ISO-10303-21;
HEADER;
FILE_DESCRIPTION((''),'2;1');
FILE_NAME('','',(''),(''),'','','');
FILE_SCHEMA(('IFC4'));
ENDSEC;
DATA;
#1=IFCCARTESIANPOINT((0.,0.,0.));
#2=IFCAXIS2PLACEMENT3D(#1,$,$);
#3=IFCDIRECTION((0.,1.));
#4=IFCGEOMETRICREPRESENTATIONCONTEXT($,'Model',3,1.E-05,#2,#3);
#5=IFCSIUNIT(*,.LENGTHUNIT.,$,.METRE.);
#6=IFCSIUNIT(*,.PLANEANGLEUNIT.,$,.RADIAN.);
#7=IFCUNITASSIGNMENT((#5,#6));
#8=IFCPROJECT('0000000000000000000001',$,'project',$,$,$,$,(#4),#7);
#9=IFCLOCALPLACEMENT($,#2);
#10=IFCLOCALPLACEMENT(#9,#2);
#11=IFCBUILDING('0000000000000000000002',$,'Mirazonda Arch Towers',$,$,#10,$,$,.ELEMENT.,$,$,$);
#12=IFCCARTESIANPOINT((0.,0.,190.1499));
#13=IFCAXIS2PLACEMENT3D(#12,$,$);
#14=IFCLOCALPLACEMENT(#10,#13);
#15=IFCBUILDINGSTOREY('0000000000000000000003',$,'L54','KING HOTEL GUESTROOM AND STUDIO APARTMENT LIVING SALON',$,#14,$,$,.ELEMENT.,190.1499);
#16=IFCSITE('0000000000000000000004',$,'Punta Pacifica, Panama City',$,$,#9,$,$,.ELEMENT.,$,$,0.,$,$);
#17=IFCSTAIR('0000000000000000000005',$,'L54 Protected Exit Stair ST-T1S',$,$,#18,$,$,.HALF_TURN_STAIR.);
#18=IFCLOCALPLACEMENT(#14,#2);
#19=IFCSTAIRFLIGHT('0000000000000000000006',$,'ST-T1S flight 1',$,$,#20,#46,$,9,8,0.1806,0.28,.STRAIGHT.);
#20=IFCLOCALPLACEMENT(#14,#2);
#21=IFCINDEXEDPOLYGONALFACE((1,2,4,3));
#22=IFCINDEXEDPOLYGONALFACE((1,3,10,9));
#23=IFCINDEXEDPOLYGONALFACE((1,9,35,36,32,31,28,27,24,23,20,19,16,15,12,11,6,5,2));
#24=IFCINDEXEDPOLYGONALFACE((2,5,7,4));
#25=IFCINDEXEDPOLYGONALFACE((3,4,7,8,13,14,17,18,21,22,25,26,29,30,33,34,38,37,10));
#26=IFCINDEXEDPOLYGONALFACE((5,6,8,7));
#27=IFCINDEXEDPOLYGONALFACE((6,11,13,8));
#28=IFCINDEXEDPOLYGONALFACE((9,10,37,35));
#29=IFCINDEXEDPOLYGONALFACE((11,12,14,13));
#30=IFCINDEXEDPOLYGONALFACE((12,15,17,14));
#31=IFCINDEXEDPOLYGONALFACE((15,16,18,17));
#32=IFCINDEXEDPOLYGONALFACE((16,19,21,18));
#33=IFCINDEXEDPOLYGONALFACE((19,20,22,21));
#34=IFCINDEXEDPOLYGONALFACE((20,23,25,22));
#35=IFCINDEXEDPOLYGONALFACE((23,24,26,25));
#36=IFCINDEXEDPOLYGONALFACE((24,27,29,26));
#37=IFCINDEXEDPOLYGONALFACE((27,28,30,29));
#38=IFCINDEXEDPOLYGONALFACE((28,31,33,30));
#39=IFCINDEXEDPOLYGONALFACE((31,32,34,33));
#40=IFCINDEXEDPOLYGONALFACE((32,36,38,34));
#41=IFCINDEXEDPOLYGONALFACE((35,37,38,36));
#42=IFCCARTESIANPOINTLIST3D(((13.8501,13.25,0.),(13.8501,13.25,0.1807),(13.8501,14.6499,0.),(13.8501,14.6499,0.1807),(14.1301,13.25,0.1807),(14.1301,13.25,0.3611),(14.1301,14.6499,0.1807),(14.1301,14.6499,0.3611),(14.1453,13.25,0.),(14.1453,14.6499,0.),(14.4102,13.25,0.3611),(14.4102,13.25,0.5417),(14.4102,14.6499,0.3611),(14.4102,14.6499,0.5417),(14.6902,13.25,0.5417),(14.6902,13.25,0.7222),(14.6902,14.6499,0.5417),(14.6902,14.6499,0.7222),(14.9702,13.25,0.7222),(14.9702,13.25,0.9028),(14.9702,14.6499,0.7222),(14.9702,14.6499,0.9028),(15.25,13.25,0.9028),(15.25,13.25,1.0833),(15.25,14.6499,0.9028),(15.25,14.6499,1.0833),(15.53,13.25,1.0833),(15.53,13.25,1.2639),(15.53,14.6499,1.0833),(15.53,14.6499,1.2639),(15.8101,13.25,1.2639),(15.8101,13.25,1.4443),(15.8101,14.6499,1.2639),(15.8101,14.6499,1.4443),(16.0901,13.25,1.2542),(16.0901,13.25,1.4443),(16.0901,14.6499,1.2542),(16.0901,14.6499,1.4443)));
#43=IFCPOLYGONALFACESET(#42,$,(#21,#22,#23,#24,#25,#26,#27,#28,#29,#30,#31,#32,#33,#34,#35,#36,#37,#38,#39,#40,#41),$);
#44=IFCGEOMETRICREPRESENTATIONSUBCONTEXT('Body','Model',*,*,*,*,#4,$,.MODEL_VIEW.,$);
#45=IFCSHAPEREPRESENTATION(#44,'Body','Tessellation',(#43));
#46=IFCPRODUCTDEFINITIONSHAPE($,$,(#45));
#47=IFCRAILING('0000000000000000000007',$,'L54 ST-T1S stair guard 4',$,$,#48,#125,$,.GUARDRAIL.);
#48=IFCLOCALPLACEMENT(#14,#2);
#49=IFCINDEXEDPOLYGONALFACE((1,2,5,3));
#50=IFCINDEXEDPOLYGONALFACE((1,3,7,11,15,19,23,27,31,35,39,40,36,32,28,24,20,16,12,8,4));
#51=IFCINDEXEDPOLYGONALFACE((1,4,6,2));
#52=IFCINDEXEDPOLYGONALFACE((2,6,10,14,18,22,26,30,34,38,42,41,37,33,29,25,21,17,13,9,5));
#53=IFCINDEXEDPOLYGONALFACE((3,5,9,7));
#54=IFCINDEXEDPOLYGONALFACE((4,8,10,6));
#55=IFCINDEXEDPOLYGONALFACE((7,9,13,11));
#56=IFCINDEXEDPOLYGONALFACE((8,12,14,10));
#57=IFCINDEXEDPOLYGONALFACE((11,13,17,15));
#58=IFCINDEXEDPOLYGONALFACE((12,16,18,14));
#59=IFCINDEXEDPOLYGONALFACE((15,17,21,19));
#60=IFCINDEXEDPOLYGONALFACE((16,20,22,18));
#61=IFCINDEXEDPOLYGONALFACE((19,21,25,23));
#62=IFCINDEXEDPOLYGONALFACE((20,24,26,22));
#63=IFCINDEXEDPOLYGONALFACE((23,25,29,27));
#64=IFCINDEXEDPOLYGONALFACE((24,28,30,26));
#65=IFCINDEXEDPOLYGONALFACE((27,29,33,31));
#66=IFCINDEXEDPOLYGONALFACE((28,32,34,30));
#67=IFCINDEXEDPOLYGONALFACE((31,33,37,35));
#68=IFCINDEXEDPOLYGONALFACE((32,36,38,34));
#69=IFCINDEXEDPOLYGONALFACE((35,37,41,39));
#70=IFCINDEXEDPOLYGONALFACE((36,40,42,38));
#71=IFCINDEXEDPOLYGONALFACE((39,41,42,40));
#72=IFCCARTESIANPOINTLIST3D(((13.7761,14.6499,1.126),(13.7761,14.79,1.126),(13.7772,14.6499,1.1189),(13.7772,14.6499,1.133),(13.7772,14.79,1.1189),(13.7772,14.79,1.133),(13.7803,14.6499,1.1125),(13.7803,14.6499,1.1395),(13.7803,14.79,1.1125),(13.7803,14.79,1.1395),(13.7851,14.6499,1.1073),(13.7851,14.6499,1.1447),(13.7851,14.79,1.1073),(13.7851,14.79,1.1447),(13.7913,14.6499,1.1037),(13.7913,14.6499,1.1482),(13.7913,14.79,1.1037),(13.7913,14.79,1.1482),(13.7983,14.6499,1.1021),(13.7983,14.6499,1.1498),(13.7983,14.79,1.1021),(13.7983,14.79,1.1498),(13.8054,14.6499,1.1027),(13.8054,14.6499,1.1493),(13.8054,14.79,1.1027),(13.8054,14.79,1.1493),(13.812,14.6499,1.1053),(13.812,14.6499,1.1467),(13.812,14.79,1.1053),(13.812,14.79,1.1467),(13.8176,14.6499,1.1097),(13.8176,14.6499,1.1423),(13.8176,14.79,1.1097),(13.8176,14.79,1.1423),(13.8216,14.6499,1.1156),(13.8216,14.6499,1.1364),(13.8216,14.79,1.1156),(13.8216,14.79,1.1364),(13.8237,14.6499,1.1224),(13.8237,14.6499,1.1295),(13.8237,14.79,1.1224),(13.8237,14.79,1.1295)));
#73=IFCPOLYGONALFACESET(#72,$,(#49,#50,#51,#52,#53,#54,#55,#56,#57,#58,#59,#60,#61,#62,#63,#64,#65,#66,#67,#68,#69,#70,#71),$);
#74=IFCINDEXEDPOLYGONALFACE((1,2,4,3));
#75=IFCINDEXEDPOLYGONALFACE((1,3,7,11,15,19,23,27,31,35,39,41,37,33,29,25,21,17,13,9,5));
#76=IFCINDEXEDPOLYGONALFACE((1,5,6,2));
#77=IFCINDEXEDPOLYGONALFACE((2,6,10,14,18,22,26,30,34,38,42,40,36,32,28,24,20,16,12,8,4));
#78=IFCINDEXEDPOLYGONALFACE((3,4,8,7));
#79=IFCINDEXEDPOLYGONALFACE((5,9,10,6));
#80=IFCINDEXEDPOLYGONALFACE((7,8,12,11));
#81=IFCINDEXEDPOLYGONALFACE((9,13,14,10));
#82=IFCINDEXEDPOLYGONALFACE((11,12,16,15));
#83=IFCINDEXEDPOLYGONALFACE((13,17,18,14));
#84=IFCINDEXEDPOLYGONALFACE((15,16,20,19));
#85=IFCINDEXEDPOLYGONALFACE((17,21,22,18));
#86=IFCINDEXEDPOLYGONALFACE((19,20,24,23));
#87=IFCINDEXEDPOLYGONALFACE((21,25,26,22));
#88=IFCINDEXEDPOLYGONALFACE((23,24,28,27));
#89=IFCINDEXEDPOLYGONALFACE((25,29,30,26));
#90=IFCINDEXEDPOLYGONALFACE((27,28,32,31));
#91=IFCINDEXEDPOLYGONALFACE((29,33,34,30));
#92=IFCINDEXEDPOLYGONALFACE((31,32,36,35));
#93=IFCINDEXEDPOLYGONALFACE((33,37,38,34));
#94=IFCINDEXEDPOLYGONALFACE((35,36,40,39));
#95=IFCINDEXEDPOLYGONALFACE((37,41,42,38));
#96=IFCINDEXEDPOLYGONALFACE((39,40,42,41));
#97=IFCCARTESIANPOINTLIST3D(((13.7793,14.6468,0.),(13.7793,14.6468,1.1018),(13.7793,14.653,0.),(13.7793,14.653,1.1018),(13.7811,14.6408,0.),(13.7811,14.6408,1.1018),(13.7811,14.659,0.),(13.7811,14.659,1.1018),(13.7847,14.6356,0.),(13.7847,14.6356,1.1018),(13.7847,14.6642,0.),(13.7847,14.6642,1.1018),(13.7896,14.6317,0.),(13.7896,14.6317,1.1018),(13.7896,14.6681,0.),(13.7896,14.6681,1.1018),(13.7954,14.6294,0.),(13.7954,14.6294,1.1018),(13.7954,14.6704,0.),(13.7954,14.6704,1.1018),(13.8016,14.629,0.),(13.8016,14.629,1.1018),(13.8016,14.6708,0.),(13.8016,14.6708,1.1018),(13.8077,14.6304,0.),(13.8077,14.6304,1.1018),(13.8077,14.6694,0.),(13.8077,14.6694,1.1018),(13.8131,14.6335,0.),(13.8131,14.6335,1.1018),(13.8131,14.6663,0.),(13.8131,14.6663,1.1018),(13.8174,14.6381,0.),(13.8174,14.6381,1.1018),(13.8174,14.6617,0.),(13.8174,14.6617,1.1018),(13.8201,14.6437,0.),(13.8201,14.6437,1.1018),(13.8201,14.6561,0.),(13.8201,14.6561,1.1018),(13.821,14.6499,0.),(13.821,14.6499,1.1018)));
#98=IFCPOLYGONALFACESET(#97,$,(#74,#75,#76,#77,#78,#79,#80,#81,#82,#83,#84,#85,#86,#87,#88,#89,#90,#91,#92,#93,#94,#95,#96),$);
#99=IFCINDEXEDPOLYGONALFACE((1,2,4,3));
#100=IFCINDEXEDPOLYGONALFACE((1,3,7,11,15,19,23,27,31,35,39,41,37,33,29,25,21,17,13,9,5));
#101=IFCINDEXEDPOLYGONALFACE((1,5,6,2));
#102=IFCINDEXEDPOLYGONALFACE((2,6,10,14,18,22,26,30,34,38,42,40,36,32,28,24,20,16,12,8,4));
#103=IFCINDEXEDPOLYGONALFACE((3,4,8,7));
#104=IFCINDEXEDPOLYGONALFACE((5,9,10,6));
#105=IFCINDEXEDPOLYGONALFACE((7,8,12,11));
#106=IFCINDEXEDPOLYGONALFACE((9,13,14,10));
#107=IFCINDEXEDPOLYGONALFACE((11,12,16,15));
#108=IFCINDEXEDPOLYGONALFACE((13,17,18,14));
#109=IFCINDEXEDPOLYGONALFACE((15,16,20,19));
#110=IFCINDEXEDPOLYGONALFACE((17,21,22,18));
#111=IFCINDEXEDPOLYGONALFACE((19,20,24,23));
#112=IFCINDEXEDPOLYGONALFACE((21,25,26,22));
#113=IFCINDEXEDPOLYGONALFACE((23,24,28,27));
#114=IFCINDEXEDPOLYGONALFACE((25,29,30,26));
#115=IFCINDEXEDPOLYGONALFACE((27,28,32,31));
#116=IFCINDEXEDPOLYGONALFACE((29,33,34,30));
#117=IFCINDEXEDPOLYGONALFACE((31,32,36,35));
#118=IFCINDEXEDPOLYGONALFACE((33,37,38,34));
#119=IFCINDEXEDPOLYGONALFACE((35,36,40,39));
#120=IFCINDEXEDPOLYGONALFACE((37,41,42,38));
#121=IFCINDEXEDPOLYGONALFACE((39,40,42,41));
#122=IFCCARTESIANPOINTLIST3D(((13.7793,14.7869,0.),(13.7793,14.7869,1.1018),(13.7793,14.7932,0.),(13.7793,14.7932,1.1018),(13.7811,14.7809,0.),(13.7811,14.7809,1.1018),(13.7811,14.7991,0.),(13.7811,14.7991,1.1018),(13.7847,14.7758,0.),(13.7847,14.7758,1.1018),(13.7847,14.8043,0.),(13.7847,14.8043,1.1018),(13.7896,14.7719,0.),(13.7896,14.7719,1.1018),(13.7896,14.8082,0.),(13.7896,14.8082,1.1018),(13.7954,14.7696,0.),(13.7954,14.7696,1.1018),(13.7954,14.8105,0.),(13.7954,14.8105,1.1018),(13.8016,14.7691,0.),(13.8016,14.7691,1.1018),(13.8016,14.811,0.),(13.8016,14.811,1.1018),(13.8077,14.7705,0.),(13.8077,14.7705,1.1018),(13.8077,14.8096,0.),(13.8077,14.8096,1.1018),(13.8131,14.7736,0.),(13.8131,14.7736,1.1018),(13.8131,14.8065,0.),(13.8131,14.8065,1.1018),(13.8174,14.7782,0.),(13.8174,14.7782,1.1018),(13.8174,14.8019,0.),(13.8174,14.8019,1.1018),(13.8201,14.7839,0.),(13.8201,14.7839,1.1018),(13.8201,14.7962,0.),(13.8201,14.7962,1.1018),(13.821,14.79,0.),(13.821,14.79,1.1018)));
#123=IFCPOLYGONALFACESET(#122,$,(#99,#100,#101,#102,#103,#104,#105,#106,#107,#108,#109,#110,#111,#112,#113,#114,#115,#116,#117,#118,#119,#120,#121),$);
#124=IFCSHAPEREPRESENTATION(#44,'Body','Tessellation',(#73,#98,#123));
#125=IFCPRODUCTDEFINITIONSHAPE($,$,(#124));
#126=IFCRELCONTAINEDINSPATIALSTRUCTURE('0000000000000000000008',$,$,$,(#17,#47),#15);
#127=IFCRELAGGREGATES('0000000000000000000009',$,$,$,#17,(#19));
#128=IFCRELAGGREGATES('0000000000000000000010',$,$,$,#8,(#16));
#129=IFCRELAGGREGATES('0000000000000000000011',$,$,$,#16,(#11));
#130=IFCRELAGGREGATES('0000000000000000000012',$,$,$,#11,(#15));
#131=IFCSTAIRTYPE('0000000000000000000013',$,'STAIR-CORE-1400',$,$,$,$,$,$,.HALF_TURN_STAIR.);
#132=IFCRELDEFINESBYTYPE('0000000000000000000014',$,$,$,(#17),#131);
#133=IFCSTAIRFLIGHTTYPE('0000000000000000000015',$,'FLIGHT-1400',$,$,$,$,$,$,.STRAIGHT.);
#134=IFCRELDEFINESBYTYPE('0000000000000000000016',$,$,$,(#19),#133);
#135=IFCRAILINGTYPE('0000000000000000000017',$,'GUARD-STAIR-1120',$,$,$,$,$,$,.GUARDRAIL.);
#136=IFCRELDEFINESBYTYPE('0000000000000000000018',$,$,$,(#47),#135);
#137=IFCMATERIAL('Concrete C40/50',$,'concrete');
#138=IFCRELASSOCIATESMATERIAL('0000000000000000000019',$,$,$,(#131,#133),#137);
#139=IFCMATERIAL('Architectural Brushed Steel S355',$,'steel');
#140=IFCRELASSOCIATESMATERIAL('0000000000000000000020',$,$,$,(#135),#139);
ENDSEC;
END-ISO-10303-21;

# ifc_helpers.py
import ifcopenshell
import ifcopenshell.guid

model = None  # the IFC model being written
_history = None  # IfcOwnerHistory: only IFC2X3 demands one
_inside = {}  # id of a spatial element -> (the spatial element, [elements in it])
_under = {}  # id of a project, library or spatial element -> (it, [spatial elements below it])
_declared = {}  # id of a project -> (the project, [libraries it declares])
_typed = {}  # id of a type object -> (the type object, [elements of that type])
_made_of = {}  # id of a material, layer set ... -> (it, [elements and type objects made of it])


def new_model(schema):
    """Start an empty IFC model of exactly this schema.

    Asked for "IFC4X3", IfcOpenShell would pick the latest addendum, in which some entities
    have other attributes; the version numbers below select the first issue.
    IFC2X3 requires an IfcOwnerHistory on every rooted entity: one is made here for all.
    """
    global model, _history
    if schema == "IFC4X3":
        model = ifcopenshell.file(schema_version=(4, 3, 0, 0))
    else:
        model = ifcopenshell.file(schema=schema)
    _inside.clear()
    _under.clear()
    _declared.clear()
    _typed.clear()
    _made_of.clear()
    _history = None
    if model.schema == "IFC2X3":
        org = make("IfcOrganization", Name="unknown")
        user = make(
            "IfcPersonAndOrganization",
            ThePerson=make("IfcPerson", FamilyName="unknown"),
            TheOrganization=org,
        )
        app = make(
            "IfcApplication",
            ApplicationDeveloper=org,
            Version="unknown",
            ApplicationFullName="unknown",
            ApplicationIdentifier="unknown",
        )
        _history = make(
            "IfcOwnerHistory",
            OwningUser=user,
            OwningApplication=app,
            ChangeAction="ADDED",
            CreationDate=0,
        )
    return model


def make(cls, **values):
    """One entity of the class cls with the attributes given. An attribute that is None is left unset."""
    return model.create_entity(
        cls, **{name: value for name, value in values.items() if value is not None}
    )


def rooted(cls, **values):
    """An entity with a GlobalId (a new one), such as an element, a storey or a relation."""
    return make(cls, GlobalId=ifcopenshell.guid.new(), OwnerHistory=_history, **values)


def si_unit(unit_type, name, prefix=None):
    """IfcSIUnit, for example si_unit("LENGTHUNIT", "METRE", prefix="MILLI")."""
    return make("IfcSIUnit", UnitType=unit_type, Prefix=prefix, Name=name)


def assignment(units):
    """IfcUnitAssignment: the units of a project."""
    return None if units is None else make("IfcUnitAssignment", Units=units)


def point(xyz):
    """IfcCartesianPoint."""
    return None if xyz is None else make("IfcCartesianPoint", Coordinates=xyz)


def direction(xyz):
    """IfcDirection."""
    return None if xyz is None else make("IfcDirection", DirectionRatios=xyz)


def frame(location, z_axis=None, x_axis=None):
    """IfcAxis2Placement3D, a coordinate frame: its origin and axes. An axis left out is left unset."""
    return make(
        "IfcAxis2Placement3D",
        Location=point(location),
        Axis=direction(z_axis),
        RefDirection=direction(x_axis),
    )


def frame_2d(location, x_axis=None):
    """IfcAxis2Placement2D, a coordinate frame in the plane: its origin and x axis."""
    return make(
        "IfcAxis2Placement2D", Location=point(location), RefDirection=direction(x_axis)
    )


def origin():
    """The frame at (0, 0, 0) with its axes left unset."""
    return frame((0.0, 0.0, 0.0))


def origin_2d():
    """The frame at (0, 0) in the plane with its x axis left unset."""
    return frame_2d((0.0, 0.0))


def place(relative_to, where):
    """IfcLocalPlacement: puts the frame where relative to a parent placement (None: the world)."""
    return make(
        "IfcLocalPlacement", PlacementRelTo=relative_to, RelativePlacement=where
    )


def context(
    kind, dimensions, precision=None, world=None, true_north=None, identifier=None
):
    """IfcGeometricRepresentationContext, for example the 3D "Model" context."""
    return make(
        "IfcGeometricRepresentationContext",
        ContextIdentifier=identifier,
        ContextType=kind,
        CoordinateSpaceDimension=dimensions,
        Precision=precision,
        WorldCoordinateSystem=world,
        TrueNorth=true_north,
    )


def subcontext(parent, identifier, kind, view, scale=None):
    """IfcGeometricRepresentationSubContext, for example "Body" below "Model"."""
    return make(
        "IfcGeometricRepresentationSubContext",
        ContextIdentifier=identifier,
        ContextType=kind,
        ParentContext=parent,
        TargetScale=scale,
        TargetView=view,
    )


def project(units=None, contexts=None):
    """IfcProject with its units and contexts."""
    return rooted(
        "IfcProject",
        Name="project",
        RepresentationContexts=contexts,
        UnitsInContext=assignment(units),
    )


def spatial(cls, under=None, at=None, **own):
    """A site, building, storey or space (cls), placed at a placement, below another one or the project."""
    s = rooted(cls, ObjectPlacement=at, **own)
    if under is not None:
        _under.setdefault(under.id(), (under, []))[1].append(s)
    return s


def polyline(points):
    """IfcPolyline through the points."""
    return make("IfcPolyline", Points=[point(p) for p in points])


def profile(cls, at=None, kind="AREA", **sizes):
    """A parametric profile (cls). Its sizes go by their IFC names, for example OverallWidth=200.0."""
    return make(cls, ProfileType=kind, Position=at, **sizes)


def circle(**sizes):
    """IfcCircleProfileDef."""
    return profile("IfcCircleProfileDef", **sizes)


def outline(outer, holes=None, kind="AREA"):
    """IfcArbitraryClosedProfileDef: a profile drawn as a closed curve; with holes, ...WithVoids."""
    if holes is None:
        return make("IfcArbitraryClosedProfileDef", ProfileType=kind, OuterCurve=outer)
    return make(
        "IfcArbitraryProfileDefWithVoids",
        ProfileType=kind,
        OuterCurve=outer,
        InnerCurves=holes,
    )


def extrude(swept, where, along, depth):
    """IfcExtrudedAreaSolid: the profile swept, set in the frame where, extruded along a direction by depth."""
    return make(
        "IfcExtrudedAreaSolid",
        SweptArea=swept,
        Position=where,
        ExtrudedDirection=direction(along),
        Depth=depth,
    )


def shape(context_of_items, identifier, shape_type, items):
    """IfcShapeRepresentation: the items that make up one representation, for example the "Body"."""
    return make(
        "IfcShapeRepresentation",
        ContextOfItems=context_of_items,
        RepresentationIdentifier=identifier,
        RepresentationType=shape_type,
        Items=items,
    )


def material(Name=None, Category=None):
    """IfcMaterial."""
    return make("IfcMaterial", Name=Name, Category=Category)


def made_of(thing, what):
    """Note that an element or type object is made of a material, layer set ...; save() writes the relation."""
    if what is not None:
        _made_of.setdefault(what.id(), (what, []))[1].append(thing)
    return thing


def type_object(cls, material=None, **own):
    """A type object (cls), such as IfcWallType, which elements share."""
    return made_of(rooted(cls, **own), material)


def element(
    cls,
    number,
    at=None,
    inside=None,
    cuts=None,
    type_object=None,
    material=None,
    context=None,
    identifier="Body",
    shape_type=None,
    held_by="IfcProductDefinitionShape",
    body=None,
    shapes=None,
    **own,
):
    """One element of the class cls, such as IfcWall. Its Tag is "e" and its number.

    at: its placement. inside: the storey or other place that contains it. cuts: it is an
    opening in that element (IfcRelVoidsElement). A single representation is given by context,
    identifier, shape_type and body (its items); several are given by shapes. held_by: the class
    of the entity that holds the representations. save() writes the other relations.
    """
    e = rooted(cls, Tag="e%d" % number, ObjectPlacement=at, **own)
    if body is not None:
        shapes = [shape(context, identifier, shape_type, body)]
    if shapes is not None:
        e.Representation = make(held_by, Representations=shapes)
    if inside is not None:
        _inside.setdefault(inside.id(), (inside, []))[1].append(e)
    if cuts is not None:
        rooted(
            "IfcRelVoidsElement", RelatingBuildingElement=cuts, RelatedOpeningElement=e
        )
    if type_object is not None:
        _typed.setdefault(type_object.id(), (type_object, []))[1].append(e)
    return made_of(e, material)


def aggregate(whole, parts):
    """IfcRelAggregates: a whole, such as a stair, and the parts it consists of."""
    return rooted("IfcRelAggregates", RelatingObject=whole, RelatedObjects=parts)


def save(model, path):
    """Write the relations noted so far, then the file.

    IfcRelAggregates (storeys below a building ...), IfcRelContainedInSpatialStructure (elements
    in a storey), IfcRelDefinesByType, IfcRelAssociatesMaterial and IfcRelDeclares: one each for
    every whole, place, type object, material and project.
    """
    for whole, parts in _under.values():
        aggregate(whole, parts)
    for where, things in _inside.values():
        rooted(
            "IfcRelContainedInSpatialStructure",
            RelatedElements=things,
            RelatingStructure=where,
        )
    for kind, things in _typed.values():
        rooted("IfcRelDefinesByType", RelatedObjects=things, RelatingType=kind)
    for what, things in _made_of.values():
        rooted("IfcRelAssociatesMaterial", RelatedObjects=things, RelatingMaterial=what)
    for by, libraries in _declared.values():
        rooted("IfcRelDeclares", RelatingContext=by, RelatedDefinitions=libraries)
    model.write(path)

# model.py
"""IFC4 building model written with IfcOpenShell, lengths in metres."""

from ifc_helpers import new_model, si_unit, direction, frame, origin, origin_2d, place, context, subcontext, project, spatial, polyline, circle, outline, extrude, material, type_object, element, aggregate, save


model = new_model("IFC4")

# Units and contexts
model_context = context("Model", 3, precision=1e-05, world=origin(), true_north=direction((0.0, 1.0)))
body_context = subcontext(model_context, "Body", "Model", "MODEL_VIEW")
ifc_project = project(units=[si_unit("LENGTHUNIT", "METRE"), si_unit("PLANEANGLEUNIT", "RADIAN")], contexts=[model_context])

# Site, building, storey
site_placement = place(None, origin())
site = spatial("IfcSite", under=ifc_project, at=site_placement, Name="Punta Pacifica, Panama City", CompositionType="ELEMENT", RefElevation=0.0)
building_placement = place(site_placement, origin())
building = spatial("IfcBuilding", under=site, at=building_placement, Name="Mirazonda Arch Towers", CompositionType="ELEMENT")
storey_placement = place(building_placement, frame((0.0, 0.0, 190.1499)))
storey = spatial("IfcBuildingStorey", under=building, at=storey_placement, Name="L54", Description="KING HOTEL GUESTROOM AND STUDIO APARTMENT LIVING SALON", CompositionType="ELEMENT", Elevation=190.1499)

# Stair
ifc_material_1 = material(Name="Concrete C40/50", Category="concrete")
stair_type = type_object("IfcStairType", Name="STAIR-CORE-1400", PredefinedType="HALF_TURN_STAIR", material=ifc_material_1)
stair_1_placement = place(storey_placement, origin())
stair_1 = element("IfcStair", 1, at=stair_1_placement, inside=storey, type_object=stair_type, Name="L54 Protected Exit Stair ST-T1S", PredefinedType="HALF_TURN_STAIR")

# Shared definitions
ifc_material_2 = material(Name="Architectural Brushed Steel S355", Category="steel")

# Stair flight
stair_flight_type = type_object("IfcStairFlightType", Name="FLIGHT-1400", PredefinedType="STRAIGHT", material=ifc_material_1)
stair_flight_placement = place(storey_placement, frame((13.8501, 13.95, 0.0), z_axis=(0.0, 0.0, 1.0), x_axis=(1.0, 0.0, 0.0)))
stair_flight = element("IfcStairFlight", 2, at=stair_flight_placement, type_object=stair_flight_type, Name="ST-T1S flight 1", NumberOfRisers=9, NumberOfTreads=8, PredefinedType="STRAIGHT", RiserHeight=0.1806, TreadLength=0.28, context=body_context, shape_type="SweptSolid", body=[
    extrude(outline(polyline([(0.0, 0.0), (0.0, 0.1807), (0.28, 0.1807), (0.28, 0.3611), (0.5601, 0.3611), (0.5601, 0.5417), (0.8401, 0.5417), (0.8401, 0.7222), (1.1201, 0.7222), (1.1201, 0.9028), (1.3999, 0.9028), (1.3999, 1.0833), (1.6799, 1.0833), (1.6799, 1.2639), (1.96, 1.2639), (1.96, 1.4443), (2.24, 1.4443), (2.24, 1.625), (2.24, 1.2542), (0.2952, 0.0), (0.0, 0.0)])), frame((0.0, 0.7, 0.0), z_axis=(0.0, -1.0, 0.0), x_axis=(1.0, 0.0, 0.0)), (0.0, 0.0, 1.0), 1.3999),
])
aggregate(stair_1, [stair_flight])

# Railing
railing_type_1 = type_object("IfcRailingType", Name="GUARD-STAIR-1120", PredefinedType="GUARDRAIL", material=ifc_material_2)
railing_1_placement = place(storey_placement, frame((13.8, 14.6499, 0.0)))
element("IfcRailing", 3, at=railing_1_placement, inside=storey, type_object=railing_type_1, Name="L54 ST-T1S stair guard 4", PredefinedType="GUARDRAIL", context=body_context, shape_type="SweptSolid", body=[
    extrude(circle(Radius=0.0239, at=origin_2d()), frame((0.0, 0.0, 1.126), z_axis=(0.0, 1.0, 0.0), x_axis=(-1.0, 0.0, 0.0)), (0.0, 0.0, 1.0), 0.1401),
    extrude(circle(Radius=0.021, at=origin_2d()), origin(), (0.0, 0.0, 1.0), 1.1018),
    extrude(circle(Radius=0.021, at=origin_2d()), frame((0.0, 0.1401, 0.0)), (0.0, 0.0, 1.0), 1.1018),
])

save(model, "model.ifc")
